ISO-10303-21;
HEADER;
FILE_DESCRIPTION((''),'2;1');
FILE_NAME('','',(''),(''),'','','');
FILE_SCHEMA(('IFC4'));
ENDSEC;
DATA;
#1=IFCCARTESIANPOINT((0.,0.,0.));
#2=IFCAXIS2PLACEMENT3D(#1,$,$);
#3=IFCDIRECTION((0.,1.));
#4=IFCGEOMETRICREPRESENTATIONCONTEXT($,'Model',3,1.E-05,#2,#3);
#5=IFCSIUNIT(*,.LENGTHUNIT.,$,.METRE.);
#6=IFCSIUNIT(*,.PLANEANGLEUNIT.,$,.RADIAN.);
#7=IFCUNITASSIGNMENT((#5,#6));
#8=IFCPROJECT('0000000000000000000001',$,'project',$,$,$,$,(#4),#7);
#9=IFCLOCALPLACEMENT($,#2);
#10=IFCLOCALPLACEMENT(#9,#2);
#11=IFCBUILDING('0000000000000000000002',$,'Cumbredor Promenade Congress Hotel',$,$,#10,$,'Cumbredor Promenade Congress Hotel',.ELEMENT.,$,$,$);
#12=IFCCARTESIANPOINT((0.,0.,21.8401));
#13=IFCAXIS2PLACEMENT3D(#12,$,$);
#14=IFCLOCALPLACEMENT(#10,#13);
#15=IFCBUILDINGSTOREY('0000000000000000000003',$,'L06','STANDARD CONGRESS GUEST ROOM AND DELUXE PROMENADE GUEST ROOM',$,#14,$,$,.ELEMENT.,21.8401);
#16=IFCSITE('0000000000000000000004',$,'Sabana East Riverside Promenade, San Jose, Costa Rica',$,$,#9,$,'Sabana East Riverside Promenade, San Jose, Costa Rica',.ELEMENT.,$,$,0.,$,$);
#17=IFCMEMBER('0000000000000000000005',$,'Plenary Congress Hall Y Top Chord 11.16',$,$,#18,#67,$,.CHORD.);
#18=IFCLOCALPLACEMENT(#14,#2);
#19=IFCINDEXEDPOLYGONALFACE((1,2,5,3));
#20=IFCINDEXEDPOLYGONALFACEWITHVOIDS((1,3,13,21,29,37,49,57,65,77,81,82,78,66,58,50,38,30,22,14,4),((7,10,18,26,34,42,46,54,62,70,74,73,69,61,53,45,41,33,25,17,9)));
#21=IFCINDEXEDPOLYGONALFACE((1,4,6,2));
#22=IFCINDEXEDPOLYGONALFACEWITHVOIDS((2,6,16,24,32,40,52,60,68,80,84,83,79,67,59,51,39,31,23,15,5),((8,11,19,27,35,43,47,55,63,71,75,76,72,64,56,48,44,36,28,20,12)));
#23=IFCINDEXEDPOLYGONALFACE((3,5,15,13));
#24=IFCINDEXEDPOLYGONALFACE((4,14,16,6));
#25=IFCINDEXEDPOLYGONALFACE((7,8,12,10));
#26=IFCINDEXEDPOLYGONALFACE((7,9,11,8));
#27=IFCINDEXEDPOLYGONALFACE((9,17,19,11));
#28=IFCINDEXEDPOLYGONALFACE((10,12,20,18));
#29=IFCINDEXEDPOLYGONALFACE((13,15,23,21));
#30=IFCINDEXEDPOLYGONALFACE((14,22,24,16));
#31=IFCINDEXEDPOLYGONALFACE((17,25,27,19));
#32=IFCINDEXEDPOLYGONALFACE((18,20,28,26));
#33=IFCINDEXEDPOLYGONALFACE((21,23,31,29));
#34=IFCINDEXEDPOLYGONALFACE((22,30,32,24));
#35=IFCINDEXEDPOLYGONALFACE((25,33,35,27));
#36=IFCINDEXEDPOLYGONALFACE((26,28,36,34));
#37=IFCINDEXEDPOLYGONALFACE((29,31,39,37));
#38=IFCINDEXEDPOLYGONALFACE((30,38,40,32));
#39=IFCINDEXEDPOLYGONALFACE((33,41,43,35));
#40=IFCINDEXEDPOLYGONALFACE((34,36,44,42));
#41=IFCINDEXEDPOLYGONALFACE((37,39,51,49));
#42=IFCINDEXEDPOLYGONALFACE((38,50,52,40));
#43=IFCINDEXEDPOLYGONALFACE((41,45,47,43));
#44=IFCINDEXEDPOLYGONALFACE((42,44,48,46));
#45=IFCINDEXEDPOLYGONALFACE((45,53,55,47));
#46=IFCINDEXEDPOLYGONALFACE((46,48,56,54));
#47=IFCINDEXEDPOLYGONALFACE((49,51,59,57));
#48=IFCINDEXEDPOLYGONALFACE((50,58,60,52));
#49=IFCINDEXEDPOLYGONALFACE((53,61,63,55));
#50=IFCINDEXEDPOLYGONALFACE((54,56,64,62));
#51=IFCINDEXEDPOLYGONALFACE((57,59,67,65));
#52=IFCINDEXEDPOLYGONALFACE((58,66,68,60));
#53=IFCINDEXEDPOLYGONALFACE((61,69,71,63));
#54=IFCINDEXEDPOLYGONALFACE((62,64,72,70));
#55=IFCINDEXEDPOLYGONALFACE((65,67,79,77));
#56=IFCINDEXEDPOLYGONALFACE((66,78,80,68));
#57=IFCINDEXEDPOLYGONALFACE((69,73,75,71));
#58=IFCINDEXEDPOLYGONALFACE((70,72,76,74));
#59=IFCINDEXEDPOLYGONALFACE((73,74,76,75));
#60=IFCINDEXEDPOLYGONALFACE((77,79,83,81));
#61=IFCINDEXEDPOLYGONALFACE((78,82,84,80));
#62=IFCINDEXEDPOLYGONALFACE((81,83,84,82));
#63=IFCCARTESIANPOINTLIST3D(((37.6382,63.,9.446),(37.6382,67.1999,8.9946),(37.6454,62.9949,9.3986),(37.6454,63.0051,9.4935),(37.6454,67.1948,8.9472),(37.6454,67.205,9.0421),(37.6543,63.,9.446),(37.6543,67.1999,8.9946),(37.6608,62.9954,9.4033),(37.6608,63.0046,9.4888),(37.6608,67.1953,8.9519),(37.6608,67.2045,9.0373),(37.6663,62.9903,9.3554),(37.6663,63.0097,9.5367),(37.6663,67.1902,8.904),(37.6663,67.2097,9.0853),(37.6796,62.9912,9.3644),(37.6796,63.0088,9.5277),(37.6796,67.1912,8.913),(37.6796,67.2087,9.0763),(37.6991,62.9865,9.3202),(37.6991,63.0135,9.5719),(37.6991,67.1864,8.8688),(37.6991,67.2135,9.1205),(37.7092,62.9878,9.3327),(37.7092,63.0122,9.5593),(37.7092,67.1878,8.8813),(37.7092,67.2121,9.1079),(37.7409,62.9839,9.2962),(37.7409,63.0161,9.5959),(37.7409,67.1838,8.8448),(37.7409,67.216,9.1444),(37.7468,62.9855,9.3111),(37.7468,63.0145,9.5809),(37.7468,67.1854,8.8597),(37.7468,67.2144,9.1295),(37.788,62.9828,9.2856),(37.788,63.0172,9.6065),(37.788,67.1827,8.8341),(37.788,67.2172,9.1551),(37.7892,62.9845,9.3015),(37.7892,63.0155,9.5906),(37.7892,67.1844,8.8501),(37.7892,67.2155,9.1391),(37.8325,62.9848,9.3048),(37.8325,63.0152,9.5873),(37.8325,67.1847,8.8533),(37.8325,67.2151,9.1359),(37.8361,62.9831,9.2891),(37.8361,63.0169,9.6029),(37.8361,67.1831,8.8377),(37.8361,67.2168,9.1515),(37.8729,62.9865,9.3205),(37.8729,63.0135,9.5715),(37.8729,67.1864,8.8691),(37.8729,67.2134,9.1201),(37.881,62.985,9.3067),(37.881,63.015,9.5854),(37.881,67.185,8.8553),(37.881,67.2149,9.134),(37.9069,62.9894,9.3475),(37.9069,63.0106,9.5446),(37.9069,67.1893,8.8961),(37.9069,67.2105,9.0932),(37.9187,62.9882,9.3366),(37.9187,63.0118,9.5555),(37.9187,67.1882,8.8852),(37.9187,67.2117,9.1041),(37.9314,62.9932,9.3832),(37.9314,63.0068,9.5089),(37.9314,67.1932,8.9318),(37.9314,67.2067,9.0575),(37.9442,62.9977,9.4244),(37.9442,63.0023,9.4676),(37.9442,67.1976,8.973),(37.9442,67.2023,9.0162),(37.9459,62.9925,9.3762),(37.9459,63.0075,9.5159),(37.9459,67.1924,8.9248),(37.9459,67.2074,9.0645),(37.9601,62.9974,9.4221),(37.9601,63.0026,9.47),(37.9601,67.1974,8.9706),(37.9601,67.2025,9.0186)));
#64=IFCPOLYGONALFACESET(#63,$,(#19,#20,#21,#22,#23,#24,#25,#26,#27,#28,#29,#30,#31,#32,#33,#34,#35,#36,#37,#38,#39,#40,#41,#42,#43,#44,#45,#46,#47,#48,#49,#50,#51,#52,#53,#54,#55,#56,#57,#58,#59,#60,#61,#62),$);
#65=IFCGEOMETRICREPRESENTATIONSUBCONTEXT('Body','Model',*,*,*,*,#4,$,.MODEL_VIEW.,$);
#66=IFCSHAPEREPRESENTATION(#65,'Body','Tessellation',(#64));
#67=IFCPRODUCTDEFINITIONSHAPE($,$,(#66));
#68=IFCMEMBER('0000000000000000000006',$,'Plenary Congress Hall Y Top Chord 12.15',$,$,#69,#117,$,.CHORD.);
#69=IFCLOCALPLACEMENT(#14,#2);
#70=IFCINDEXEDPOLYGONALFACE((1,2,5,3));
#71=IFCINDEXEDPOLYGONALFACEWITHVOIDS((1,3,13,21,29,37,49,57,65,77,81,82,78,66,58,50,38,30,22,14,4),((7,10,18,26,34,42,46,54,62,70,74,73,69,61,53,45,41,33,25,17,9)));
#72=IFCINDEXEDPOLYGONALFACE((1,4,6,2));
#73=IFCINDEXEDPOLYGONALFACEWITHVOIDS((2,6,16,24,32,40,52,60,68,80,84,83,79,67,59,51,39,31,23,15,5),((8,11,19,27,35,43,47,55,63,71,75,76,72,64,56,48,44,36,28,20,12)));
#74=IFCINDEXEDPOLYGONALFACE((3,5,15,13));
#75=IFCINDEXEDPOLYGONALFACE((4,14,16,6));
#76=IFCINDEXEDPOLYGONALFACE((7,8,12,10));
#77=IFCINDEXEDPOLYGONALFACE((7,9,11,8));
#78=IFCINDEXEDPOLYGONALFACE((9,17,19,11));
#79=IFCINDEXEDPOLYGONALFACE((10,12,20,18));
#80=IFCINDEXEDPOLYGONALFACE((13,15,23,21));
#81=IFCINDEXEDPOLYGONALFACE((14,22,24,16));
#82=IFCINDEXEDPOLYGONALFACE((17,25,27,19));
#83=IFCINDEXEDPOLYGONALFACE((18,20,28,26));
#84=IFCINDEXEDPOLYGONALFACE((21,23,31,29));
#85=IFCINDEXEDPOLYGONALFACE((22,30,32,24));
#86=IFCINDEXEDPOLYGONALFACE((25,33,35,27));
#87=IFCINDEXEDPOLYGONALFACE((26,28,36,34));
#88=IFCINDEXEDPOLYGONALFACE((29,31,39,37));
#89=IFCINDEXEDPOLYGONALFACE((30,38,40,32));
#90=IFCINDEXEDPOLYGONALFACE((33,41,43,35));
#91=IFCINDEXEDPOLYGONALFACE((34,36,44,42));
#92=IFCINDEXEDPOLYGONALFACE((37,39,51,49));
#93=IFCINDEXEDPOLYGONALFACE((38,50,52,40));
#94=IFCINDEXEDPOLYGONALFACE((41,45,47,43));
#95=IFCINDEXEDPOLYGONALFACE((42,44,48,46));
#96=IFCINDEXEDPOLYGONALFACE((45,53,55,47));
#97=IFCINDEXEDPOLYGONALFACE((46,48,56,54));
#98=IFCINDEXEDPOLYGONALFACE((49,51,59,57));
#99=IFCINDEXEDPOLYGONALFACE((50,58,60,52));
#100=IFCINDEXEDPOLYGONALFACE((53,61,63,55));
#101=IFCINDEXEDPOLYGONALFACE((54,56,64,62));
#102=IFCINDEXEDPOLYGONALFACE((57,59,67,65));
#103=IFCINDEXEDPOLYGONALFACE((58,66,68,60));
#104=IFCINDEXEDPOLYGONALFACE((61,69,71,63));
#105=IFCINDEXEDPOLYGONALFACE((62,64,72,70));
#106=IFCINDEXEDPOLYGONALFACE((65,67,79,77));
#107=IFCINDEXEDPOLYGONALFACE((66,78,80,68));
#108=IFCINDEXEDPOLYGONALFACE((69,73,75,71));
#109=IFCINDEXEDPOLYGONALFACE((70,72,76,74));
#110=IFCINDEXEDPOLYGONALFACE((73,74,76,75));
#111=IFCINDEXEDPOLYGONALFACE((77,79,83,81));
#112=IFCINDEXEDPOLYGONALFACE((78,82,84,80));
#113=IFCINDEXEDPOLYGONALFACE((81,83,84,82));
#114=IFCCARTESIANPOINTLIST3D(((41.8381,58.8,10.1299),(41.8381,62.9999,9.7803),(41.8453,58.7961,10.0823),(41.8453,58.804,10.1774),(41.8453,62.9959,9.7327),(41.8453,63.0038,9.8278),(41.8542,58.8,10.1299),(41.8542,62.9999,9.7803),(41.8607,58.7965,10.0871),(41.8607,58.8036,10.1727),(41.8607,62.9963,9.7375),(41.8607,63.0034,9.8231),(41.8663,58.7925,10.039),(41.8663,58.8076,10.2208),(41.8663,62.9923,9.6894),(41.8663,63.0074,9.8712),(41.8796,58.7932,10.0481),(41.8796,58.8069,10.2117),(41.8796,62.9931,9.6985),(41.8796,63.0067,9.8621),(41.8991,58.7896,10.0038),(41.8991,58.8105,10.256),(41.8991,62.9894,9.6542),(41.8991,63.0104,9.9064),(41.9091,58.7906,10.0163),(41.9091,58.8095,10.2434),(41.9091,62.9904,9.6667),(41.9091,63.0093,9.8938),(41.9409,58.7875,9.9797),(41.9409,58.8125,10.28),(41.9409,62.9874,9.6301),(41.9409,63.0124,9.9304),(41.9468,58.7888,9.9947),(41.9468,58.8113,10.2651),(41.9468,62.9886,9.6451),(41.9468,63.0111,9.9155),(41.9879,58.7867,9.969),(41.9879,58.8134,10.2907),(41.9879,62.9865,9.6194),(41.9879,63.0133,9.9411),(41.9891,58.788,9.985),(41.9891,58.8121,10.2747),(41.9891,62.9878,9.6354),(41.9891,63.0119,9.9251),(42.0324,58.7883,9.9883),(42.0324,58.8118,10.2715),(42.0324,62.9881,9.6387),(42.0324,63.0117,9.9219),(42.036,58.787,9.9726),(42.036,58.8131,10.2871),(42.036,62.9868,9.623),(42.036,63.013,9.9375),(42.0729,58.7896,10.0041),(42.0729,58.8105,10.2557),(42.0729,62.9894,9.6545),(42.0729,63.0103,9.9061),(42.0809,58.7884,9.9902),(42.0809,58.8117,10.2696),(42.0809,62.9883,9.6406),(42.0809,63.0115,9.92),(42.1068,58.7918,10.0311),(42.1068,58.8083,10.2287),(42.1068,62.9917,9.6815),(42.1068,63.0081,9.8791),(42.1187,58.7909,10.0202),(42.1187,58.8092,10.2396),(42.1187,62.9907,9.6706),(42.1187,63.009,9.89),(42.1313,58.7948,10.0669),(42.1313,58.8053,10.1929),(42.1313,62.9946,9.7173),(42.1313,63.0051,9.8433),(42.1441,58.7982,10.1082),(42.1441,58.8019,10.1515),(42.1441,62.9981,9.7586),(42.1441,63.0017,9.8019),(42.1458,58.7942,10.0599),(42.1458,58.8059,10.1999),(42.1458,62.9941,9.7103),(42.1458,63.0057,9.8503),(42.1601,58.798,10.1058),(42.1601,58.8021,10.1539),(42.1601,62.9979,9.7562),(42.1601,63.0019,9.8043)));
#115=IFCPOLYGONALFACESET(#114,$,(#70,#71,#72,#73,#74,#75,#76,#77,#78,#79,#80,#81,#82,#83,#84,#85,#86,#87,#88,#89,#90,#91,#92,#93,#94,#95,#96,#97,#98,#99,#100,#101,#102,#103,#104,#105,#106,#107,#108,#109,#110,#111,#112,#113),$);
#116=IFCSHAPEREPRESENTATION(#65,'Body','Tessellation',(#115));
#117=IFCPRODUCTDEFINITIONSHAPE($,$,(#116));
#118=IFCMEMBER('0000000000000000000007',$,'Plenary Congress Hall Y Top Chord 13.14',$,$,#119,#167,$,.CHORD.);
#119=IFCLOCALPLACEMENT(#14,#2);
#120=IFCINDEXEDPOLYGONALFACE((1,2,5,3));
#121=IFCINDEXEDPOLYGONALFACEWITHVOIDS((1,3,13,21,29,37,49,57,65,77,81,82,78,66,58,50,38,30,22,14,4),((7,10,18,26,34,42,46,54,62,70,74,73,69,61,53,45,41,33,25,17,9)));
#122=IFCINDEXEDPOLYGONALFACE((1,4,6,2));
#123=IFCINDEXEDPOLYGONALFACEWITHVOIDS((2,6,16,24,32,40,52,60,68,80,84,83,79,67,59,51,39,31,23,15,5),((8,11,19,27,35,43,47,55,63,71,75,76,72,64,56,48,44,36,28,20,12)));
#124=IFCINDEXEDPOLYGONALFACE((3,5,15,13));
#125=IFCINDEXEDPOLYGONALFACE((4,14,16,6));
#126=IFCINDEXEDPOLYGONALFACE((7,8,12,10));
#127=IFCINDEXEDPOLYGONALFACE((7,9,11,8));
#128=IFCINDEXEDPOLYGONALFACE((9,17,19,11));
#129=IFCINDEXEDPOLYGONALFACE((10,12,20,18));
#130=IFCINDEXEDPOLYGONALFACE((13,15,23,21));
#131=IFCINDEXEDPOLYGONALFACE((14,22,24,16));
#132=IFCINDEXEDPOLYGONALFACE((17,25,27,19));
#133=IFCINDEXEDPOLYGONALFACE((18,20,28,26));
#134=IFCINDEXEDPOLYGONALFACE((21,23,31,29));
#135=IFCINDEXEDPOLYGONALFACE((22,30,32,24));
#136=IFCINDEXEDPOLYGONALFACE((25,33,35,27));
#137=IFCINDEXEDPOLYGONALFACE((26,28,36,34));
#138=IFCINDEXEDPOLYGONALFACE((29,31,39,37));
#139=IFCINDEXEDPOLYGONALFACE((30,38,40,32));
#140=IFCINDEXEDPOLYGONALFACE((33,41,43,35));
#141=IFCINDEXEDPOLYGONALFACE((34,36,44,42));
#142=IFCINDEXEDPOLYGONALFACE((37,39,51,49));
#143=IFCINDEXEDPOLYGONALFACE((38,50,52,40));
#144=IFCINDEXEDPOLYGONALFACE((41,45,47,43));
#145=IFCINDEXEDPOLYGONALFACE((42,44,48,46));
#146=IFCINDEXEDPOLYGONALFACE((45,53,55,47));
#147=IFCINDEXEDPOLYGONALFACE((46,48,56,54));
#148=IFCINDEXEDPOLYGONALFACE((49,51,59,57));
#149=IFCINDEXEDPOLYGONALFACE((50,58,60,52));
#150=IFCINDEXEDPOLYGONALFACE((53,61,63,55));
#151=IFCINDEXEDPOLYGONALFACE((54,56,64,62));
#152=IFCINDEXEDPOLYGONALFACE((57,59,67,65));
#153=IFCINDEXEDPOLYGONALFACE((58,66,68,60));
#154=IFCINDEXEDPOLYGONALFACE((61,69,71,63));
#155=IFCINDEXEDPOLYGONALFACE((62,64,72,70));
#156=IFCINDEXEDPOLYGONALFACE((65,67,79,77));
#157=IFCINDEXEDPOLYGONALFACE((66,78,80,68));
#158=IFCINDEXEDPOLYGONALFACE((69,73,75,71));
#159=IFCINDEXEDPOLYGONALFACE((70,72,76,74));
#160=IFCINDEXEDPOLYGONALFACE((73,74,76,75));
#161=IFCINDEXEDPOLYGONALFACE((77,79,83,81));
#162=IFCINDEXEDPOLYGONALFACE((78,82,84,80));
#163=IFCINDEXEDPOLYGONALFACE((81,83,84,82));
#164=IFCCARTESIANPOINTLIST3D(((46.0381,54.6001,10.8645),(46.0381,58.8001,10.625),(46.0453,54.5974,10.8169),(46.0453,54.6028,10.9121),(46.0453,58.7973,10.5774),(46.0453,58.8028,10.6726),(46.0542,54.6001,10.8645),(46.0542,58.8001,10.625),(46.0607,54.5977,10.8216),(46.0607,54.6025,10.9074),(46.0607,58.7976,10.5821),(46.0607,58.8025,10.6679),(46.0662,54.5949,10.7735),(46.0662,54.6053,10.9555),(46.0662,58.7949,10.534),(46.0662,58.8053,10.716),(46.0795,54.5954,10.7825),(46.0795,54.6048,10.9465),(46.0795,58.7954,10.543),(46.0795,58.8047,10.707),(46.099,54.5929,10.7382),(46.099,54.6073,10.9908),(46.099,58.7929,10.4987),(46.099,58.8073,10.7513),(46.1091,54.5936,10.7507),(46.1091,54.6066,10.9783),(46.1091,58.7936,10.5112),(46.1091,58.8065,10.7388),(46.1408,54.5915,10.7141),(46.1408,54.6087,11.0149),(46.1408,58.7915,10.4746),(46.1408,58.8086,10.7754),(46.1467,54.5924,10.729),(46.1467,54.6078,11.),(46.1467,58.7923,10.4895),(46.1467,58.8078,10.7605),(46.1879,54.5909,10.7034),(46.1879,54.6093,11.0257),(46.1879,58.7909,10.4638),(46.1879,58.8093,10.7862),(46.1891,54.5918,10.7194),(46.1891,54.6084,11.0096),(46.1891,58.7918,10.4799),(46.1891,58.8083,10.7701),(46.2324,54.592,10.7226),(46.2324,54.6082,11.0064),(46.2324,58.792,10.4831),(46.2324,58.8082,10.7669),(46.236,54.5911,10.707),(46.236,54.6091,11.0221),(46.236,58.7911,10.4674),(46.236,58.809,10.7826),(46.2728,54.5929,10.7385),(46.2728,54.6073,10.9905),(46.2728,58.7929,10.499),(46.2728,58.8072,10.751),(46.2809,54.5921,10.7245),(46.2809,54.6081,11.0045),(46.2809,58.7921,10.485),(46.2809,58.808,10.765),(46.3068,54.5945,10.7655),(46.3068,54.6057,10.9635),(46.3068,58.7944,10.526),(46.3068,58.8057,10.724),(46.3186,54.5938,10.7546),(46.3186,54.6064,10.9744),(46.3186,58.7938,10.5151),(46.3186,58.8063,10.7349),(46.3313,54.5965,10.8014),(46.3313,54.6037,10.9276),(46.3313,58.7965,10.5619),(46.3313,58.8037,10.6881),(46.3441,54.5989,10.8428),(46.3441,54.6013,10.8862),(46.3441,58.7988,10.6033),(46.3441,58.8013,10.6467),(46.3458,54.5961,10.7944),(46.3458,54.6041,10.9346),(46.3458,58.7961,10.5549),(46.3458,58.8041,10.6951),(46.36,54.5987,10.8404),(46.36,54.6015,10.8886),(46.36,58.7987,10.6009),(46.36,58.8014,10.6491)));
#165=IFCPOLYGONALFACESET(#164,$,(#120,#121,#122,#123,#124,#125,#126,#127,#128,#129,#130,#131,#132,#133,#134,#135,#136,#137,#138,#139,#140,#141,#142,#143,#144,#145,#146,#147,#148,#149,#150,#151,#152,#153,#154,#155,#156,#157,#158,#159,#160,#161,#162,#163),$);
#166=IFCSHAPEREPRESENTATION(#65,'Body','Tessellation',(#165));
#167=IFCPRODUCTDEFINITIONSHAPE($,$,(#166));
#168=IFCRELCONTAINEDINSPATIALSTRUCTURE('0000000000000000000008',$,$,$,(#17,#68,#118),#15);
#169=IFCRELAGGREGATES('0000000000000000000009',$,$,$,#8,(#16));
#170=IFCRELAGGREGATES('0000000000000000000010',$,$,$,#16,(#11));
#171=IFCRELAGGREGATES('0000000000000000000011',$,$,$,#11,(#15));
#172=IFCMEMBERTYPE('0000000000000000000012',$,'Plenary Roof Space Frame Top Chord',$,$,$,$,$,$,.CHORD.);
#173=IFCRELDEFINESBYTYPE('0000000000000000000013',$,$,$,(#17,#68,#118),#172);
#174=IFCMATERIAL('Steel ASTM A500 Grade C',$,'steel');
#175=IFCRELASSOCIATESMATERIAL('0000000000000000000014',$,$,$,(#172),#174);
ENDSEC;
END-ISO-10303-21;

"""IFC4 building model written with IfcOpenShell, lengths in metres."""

from ifc_helpers import new_model, si_unit, direction, frame, origin, origin_2d, place, context, subcontext, project, spatial, hollow_circle, extrude, material, material_profile, profile_set, type_object, element, save


model = new_model("IFC4")

# Units and contexts
model_context = context("Model", 3, precision=1e-05, world=origin(), true_north=direction((0.0, 1.0)))
body_context = subcontext(model_context, "Body", "Model", "MODEL_VIEW")
ifc_project = project(units=[si_unit("LENGTHUNIT", "METRE"), si_unit("PLANEANGLEUNIT", "RADIAN")], contexts=[model_context])

# Site, building, storey
site_placement = place(None, origin())
site = spatial("IfcSite", under=ifc_project, at=site_placement, Name="Sabana East Riverside Promenade, San Jose, Costa Rica", LongName="Sabana East Riverside Promenade, San Jose, Costa Rica", CompositionType="ELEMENT", RefElevation=0.0)
building_placement = place(site_placement, origin())
building = spatial("IfcBuilding", under=site, at=building_placement, Name="Cumbredor Promenade Congress Hotel", LongName="Cumbredor Promenade Congress Hotel", CompositionType="ELEMENT")
storey_placement = place(building_placement, frame((0.0, 0.0, 21.8401)))
storey = spatial("IfcBuildingStorey", under=building, at=storey_placement, Name="L06", Description="STANDARD CONGRESS GUEST ROOM AND DELUXE PROMENADE GUEST ROOM", CompositionType="ELEMENT", Elevation=21.8401)

# Members
ifc_material_1 = material(Name="Steel ASTM A500 Grade C", Category="steel")
ifc_material_profile_1 = material_profile(ifc_material_1, hollow_circle(Radius=0.1619, WallThickness=0.0161, at=origin_2d()), Name="CHS 323.9x16")
ifc_profile_set_1 = profile_set([ifc_material_profile_1], Name="Steel ASTM A500 Grade C")
member_type_1 = type_object("IfcMemberType", Name="Plenary Roof Space Frame Top Chord", PredefinedType="CHORD", material=ifc_profile_set_1)
member_1_placement = place(storey_placement, frame((37.8, 63.0, 9.446), z_axis=(0.0, 0.994273, -0.106866), x_axis=(-1.0, 0.0, 0.0)))
element("IfcMember", 1, at=member_1_placement, inside=storey, type_object=member_type_1, Name="Plenary Congress Hall Y Top Chord 11.16", PredefinedType="CHORD", context=body_context, shape_type="SweptSolid", body=[
    extrude(hollow_circle(Radius=0.1619, WallThickness=0.0161, at=origin_2d()), origin(), (0.0, 0.0, 1.0), 4.2241),
])
member_2_placement = place(storey_placement, frame((42.0, 58.8, 10.1299), z_axis=(0.0, 0.996553, -0.082954), x_axis=(-1.0, 0.0, 0.0)))
element("IfcMember", 2, at=member_2_placement, inside=storey, type_object=member_type_1, Name="Plenary Congress Hall Y Top Chord 12.15", PredefinedType="CHORD", context=body_context, shape_type="SweptSolid", body=[
    extrude(hollow_circle(Radius=0.1619, WallThickness=0.0161, at=origin_2d()), origin(), (0.0, 0.0, 1.0), 4.2144),
])
member_3_placement = place(storey_placement, frame((46.2, 54.6001, 10.8645), z_axis=(0.0, 0.998378, -0.056932), x_axis=(-1.0, 0.0, 0.0)))
element("IfcMember", 3, at=member_3_placement, inside=storey, type_object=member_type_1, Name="Plenary Congress Hall Y Top Chord 13.14", PredefinedType="CHORD", context=body_context, shape_type="SweptSolid", body=[
    extrude(hollow_circle(Radius=0.1619, WallThickness=0.0161, at=origin_2d()), origin(), (0.0, 0.0, 1.0), 4.2068),
])

save(model, "model.ifc")
